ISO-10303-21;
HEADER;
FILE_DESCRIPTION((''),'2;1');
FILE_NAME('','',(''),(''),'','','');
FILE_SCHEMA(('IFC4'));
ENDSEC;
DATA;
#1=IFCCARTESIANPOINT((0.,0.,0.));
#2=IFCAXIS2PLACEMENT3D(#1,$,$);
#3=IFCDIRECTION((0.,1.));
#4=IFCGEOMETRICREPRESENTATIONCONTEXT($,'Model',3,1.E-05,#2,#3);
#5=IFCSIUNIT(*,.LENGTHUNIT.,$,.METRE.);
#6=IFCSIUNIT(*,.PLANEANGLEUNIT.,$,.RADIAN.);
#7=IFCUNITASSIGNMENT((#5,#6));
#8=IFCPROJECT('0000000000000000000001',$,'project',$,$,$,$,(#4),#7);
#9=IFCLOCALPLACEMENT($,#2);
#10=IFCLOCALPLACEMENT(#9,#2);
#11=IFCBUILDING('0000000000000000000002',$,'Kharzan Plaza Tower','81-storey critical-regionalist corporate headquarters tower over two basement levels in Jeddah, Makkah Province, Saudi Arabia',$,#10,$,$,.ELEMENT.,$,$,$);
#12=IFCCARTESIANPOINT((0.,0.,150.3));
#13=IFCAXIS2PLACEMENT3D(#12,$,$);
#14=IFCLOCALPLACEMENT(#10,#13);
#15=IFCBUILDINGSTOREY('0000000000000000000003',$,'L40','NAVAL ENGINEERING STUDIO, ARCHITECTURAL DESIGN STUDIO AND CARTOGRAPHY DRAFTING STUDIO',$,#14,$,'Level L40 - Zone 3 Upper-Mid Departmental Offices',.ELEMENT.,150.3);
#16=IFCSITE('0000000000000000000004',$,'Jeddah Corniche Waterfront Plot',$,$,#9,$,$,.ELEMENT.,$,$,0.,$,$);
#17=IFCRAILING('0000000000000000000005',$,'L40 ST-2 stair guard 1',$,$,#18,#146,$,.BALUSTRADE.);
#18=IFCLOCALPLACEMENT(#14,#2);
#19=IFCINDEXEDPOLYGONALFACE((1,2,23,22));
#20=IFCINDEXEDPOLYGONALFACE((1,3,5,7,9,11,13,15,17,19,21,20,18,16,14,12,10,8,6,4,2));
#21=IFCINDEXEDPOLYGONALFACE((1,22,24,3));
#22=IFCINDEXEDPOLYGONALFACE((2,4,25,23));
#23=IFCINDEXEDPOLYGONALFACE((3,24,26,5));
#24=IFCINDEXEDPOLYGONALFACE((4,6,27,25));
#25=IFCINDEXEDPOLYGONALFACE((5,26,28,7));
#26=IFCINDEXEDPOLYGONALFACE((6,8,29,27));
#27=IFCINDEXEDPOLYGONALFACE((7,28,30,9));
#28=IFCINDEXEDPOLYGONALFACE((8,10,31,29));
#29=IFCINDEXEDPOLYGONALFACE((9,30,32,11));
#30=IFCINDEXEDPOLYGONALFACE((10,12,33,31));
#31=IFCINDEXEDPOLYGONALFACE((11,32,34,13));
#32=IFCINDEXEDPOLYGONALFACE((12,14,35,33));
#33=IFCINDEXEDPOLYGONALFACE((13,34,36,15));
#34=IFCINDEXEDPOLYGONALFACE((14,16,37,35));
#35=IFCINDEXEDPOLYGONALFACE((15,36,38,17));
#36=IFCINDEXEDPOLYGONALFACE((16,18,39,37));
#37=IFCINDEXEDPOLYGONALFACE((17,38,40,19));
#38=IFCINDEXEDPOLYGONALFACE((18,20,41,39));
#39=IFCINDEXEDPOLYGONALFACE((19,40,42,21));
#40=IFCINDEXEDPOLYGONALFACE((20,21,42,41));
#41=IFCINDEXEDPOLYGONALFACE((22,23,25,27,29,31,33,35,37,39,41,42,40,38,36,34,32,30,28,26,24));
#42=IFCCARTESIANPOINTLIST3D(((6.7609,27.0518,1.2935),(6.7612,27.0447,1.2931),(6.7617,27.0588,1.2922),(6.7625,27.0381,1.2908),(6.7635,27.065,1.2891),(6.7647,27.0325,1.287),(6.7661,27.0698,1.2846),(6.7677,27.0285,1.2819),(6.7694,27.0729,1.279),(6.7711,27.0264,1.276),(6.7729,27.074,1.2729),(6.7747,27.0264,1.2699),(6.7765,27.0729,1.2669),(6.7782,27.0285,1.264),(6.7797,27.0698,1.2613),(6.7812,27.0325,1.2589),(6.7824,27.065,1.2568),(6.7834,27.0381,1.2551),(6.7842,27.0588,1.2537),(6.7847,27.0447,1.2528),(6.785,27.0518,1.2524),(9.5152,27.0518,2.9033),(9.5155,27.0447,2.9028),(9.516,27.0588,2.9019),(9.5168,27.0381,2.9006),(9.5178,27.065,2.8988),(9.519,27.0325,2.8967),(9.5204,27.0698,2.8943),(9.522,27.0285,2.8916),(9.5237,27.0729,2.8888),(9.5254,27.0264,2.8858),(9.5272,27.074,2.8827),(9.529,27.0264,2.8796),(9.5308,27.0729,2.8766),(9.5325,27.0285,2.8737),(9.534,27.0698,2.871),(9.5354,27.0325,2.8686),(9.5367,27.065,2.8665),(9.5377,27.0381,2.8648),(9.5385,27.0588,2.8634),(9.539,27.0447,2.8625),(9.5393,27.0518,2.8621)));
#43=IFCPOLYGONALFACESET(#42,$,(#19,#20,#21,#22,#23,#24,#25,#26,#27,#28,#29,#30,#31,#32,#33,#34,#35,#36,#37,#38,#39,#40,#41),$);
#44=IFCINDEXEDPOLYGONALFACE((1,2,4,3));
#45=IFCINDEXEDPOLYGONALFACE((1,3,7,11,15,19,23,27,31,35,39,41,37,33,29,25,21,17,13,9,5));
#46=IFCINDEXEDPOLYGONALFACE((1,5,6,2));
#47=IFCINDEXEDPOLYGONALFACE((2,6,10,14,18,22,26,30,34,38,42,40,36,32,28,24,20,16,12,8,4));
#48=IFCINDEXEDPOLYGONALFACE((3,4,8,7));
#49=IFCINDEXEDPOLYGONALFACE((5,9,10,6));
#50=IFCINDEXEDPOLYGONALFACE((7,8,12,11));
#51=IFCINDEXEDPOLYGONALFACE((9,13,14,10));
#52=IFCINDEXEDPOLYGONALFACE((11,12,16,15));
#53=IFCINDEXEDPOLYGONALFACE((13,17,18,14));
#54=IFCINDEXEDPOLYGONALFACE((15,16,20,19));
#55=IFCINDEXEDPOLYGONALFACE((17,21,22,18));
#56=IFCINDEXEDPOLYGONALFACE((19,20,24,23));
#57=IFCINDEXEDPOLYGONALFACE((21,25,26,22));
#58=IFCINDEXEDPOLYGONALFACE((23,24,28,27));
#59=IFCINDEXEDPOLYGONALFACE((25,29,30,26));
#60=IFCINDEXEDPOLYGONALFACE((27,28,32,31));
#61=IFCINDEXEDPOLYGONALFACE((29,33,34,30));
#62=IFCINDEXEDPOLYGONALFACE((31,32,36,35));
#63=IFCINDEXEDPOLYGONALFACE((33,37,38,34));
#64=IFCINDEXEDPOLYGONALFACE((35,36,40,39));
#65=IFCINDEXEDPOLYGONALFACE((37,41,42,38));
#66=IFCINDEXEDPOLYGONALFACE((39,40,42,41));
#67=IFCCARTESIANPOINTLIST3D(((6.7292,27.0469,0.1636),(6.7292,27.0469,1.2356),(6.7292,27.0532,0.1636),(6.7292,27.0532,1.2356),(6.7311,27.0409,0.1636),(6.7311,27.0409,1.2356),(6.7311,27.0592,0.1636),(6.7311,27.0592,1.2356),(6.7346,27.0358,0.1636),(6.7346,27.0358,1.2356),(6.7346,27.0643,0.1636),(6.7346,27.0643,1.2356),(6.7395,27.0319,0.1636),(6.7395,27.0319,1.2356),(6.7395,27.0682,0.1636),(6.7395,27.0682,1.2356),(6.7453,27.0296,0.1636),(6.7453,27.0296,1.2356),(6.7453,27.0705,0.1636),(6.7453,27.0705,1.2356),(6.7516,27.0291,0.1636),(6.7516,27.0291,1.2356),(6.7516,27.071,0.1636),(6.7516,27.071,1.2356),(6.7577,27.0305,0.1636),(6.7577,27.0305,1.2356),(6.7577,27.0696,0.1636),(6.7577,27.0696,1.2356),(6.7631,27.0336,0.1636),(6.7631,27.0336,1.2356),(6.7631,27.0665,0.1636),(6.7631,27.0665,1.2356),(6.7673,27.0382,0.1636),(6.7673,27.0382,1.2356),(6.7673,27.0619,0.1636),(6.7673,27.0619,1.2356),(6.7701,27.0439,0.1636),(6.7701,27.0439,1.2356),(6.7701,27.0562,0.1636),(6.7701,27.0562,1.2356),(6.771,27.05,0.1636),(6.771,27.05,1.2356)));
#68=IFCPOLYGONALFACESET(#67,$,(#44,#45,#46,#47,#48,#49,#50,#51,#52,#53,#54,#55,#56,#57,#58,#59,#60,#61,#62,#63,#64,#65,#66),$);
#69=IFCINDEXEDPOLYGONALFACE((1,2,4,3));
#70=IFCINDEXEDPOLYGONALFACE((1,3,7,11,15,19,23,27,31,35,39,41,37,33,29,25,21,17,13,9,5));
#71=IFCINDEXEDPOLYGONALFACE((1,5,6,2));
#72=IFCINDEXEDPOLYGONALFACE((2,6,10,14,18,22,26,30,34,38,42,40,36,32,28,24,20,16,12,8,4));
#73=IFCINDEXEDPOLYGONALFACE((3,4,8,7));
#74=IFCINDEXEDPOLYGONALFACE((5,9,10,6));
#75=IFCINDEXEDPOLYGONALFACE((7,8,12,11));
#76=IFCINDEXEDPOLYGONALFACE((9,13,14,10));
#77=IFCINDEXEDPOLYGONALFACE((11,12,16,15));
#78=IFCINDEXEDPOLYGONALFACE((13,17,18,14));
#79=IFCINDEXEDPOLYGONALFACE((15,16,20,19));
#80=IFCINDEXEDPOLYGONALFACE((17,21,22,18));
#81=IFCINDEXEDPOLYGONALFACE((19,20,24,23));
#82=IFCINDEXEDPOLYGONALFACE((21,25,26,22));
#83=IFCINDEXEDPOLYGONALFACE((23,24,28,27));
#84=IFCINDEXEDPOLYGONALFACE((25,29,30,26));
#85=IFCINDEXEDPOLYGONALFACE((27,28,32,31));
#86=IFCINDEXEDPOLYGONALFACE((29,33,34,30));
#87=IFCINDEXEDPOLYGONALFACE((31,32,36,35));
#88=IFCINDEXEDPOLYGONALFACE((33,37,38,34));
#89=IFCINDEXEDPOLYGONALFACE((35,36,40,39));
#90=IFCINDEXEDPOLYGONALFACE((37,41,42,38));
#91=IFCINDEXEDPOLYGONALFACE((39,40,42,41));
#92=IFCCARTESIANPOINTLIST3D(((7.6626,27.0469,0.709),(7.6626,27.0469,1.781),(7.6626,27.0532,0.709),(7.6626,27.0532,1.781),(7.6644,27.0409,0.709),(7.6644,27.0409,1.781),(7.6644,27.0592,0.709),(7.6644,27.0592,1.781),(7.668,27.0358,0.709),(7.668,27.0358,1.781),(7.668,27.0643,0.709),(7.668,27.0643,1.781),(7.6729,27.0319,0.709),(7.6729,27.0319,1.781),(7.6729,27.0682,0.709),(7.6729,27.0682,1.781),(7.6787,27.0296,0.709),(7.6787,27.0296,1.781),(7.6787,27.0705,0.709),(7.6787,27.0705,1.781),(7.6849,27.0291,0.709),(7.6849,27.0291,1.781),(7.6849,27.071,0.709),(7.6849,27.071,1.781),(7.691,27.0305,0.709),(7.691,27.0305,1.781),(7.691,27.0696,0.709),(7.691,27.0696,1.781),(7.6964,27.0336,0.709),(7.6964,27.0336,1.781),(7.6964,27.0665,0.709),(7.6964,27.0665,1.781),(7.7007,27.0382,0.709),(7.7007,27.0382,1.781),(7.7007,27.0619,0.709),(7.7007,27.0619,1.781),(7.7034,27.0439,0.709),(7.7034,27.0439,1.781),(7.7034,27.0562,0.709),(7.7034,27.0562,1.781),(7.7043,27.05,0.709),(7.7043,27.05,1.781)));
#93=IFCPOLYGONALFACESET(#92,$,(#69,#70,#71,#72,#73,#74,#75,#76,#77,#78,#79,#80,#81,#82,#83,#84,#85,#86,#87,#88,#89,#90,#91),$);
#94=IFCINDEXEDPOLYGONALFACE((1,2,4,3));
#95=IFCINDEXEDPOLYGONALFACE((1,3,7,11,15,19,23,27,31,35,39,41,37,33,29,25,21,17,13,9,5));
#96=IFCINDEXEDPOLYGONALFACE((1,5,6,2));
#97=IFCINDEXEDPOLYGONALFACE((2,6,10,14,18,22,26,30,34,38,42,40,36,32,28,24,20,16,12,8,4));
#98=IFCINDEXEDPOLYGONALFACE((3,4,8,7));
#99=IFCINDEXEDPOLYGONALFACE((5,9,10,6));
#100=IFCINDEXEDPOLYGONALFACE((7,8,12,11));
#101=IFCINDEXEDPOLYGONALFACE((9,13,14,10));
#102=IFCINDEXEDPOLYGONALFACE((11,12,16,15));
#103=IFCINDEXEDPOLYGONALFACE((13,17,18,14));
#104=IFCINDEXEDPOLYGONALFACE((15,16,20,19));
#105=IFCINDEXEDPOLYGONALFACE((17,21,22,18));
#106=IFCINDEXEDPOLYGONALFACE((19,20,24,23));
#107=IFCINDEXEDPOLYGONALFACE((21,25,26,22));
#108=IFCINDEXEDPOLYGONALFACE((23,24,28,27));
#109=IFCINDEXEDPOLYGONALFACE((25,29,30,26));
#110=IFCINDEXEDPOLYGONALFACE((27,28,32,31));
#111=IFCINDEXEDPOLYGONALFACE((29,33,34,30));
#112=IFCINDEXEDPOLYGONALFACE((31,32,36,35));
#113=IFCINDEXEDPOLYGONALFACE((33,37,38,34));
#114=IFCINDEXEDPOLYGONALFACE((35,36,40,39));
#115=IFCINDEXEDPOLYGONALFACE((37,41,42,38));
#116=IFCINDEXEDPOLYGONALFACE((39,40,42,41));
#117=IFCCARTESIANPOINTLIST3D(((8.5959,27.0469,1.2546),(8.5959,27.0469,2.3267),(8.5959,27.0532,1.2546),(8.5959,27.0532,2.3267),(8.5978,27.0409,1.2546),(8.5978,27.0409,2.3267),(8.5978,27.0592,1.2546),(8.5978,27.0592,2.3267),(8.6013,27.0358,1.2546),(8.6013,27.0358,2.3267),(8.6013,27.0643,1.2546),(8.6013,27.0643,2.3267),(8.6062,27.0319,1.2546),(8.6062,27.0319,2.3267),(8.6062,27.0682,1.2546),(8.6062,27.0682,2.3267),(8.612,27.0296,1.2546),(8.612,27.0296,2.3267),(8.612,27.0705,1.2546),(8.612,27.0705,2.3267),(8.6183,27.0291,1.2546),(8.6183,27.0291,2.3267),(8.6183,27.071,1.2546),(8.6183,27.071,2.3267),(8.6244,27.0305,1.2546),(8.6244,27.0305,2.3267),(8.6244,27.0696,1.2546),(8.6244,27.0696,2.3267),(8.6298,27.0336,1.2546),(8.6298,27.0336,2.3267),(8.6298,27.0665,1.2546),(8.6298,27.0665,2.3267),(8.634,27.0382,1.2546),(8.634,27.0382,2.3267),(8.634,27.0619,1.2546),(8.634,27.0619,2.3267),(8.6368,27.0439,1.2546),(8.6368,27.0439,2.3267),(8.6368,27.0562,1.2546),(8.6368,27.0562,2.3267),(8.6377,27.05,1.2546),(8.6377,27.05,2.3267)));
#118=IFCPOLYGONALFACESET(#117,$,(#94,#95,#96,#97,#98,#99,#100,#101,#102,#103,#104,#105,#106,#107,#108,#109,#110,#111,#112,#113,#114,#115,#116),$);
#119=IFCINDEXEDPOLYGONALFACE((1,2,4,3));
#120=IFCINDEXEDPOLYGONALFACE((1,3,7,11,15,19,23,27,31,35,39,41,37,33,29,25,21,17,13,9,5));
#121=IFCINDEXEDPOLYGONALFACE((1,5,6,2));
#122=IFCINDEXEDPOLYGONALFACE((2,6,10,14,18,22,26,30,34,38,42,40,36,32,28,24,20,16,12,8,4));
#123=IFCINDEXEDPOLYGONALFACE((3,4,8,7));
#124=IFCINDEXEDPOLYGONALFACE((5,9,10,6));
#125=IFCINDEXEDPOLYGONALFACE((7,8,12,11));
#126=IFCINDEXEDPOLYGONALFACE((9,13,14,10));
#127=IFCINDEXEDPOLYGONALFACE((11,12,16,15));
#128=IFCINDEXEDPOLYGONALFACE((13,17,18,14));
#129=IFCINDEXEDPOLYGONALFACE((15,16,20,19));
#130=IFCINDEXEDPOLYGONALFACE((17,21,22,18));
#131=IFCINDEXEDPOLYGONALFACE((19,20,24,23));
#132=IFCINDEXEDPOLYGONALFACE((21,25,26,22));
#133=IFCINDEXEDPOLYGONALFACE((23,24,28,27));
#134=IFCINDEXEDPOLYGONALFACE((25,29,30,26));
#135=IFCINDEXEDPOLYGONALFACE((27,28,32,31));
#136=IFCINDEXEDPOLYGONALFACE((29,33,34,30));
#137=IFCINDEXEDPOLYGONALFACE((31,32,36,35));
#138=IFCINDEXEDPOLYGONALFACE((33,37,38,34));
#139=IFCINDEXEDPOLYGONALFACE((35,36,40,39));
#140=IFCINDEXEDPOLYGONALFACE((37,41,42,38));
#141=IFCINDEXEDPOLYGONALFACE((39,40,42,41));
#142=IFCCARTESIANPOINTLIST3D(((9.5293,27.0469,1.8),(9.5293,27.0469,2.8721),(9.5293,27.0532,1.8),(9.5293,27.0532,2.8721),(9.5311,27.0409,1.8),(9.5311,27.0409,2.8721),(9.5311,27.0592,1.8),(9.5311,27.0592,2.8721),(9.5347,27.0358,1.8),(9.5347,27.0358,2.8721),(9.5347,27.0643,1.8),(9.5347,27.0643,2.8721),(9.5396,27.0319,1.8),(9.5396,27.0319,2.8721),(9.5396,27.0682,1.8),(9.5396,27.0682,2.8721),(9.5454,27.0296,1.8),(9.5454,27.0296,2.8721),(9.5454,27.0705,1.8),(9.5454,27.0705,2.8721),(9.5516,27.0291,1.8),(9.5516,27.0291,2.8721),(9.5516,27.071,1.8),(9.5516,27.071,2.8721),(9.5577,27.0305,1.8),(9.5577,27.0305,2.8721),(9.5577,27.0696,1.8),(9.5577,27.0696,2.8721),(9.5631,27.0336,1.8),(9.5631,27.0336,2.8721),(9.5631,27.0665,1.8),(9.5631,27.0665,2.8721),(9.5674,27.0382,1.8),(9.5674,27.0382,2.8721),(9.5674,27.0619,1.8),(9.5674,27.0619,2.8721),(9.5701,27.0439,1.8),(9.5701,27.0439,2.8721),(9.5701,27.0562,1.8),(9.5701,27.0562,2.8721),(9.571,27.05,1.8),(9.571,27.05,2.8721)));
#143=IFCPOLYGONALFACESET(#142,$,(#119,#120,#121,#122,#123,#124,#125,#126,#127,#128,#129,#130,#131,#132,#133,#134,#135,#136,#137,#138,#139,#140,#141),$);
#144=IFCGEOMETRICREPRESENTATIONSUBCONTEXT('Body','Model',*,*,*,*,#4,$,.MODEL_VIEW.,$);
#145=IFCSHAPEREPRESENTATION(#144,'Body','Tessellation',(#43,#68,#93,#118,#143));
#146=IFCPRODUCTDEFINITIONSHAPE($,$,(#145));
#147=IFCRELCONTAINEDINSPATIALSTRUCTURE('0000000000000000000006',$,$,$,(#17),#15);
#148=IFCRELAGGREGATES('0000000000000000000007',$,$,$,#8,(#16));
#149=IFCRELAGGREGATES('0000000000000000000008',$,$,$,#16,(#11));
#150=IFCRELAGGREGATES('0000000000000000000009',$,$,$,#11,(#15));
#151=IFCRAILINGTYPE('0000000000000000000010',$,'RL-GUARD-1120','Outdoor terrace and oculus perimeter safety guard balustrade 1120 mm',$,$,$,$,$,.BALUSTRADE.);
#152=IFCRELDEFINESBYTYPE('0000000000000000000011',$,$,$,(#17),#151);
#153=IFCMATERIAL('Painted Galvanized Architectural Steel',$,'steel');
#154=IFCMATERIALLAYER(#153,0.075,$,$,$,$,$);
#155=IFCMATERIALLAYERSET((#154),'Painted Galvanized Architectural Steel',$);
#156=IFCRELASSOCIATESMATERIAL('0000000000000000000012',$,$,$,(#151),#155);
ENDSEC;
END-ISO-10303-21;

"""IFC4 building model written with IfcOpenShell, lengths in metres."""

from ifc_helpers import new_model, si_unit, direction, frame, origin, origin_2d, place, context, subcontext, project, spatial, circle, extrude, source, transform, mapped, material, layer, layer_set, type_object, element, save


model = new_model("IFC4")

# Units and contexts
model_context = context("Model", 3, precision=1e-05, world=origin(), true_north=direction((0.0, 1.0)))
body_context = subcontext(model_context, "Body", "Model", "MODEL_VIEW")
ifc_project = project(units=[si_unit("LENGTHUNIT", "METRE"), si_unit("PLANEANGLEUNIT", "RADIAN")], contexts=[model_context])

# Site, building, storey
site_placement = place(None, origin())
site = spatial("IfcSite", under=ifc_project, at=site_placement, Name="Jeddah Corniche Waterfront Plot", CompositionType="ELEMENT", RefElevation=0.0)
building_placement = place(site_placement, origin())
building = spatial("IfcBuilding", under=site, at=building_placement, Name="Kharzan Plaza Tower", Description="81-storey critical-regionalist corporate headquarters tower over two basement levels in Jeddah, Makkah Province, Saudi Arabia", CompositionType="ELEMENT")
storey_placement = place(building_placement, frame((0.0, 0.0, 150.3)))
storey = spatial("IfcBuildingStorey", under=building, at=storey_placement, Name="L40", Description="NAVAL ENGINEERING STUDIO, ARCHITECTURAL DESIGN STUDIO AND CARTOGRAPHY DRAFTING STUDIO", LongName="Level L40 - Zone 3 Upper-Mid Departmental Offices", CompositionType="ELEMENT", Elevation=150.3)

# Railing
ifc_material_1 = material(Name="Painted Galvanized Architectural Steel", Category="steel")
ifc_layer_1 = layer(ifc_material_1, 0.075)
ifc_layer_set_1 = layer_set([ifc_layer_1], Name="Painted Galvanized Architectural Steel")
railing_type_1 = type_object("IfcRailingType", Name="RL-GUARD-1120", Description="Outdoor terrace and oculus perimeter safety guard balustrade 1120 mm", PredefinedType="BALUSTRADE", material=ifc_layer_set_1)
shared_shape_1 = source(origin(), body_context, "Body", "SweptSolid", [
    extrude(circle(Radius=0.0239, at=origin_2d()), frame((0.0229, 0.0, 1.1094), z_axis=(0.863361, 0.0, 0.504587), x_axis=(0.0, 1.0, 0.0)), (0.0, 0.0, 1.0), 3.1902),
    extrude(circle(Radius=0.021, at=origin_2d()), origin(), (0.0, 0.0, 1.0), 1.072),
    extrude(circle(Radius=0.021, at=origin_2d()), frame((0.9333, 0.0, 0.5454)), (0.0, 0.0, 1.0), 1.072),
    extrude(circle(Radius=0.021, at=origin_2d()), frame((1.8667, 0.0, 1.0911)), (0.0, 0.0, 1.0), 1.072),
    extrude(circle(Radius=0.021, at=origin_2d()), frame((2.8, 0.0, 1.6365)), (0.0, 0.0, 1.0), 1.072),
])
railing_1_placement = place(storey_placement, frame((6.75, 27.05, 0.1636)))
element("IfcRailing", 1, at=railing_1_placement, inside=storey, type_object=railing_type_1, Name="L40 ST-2 stair guard 1", PredefinedType="BALUSTRADE", context=body_context, shape_type="MappedRepresentation", body=[
    mapped(shared_shape_1, transform((0.0, 0.0, 0.0), x_axis=(1.0, 0.0, 0.0), y_axis=(0.0, 1.0, 0.0), z_axis=(0.0, 0.0, 1.0))),
])

save(model, "model.ifc")
